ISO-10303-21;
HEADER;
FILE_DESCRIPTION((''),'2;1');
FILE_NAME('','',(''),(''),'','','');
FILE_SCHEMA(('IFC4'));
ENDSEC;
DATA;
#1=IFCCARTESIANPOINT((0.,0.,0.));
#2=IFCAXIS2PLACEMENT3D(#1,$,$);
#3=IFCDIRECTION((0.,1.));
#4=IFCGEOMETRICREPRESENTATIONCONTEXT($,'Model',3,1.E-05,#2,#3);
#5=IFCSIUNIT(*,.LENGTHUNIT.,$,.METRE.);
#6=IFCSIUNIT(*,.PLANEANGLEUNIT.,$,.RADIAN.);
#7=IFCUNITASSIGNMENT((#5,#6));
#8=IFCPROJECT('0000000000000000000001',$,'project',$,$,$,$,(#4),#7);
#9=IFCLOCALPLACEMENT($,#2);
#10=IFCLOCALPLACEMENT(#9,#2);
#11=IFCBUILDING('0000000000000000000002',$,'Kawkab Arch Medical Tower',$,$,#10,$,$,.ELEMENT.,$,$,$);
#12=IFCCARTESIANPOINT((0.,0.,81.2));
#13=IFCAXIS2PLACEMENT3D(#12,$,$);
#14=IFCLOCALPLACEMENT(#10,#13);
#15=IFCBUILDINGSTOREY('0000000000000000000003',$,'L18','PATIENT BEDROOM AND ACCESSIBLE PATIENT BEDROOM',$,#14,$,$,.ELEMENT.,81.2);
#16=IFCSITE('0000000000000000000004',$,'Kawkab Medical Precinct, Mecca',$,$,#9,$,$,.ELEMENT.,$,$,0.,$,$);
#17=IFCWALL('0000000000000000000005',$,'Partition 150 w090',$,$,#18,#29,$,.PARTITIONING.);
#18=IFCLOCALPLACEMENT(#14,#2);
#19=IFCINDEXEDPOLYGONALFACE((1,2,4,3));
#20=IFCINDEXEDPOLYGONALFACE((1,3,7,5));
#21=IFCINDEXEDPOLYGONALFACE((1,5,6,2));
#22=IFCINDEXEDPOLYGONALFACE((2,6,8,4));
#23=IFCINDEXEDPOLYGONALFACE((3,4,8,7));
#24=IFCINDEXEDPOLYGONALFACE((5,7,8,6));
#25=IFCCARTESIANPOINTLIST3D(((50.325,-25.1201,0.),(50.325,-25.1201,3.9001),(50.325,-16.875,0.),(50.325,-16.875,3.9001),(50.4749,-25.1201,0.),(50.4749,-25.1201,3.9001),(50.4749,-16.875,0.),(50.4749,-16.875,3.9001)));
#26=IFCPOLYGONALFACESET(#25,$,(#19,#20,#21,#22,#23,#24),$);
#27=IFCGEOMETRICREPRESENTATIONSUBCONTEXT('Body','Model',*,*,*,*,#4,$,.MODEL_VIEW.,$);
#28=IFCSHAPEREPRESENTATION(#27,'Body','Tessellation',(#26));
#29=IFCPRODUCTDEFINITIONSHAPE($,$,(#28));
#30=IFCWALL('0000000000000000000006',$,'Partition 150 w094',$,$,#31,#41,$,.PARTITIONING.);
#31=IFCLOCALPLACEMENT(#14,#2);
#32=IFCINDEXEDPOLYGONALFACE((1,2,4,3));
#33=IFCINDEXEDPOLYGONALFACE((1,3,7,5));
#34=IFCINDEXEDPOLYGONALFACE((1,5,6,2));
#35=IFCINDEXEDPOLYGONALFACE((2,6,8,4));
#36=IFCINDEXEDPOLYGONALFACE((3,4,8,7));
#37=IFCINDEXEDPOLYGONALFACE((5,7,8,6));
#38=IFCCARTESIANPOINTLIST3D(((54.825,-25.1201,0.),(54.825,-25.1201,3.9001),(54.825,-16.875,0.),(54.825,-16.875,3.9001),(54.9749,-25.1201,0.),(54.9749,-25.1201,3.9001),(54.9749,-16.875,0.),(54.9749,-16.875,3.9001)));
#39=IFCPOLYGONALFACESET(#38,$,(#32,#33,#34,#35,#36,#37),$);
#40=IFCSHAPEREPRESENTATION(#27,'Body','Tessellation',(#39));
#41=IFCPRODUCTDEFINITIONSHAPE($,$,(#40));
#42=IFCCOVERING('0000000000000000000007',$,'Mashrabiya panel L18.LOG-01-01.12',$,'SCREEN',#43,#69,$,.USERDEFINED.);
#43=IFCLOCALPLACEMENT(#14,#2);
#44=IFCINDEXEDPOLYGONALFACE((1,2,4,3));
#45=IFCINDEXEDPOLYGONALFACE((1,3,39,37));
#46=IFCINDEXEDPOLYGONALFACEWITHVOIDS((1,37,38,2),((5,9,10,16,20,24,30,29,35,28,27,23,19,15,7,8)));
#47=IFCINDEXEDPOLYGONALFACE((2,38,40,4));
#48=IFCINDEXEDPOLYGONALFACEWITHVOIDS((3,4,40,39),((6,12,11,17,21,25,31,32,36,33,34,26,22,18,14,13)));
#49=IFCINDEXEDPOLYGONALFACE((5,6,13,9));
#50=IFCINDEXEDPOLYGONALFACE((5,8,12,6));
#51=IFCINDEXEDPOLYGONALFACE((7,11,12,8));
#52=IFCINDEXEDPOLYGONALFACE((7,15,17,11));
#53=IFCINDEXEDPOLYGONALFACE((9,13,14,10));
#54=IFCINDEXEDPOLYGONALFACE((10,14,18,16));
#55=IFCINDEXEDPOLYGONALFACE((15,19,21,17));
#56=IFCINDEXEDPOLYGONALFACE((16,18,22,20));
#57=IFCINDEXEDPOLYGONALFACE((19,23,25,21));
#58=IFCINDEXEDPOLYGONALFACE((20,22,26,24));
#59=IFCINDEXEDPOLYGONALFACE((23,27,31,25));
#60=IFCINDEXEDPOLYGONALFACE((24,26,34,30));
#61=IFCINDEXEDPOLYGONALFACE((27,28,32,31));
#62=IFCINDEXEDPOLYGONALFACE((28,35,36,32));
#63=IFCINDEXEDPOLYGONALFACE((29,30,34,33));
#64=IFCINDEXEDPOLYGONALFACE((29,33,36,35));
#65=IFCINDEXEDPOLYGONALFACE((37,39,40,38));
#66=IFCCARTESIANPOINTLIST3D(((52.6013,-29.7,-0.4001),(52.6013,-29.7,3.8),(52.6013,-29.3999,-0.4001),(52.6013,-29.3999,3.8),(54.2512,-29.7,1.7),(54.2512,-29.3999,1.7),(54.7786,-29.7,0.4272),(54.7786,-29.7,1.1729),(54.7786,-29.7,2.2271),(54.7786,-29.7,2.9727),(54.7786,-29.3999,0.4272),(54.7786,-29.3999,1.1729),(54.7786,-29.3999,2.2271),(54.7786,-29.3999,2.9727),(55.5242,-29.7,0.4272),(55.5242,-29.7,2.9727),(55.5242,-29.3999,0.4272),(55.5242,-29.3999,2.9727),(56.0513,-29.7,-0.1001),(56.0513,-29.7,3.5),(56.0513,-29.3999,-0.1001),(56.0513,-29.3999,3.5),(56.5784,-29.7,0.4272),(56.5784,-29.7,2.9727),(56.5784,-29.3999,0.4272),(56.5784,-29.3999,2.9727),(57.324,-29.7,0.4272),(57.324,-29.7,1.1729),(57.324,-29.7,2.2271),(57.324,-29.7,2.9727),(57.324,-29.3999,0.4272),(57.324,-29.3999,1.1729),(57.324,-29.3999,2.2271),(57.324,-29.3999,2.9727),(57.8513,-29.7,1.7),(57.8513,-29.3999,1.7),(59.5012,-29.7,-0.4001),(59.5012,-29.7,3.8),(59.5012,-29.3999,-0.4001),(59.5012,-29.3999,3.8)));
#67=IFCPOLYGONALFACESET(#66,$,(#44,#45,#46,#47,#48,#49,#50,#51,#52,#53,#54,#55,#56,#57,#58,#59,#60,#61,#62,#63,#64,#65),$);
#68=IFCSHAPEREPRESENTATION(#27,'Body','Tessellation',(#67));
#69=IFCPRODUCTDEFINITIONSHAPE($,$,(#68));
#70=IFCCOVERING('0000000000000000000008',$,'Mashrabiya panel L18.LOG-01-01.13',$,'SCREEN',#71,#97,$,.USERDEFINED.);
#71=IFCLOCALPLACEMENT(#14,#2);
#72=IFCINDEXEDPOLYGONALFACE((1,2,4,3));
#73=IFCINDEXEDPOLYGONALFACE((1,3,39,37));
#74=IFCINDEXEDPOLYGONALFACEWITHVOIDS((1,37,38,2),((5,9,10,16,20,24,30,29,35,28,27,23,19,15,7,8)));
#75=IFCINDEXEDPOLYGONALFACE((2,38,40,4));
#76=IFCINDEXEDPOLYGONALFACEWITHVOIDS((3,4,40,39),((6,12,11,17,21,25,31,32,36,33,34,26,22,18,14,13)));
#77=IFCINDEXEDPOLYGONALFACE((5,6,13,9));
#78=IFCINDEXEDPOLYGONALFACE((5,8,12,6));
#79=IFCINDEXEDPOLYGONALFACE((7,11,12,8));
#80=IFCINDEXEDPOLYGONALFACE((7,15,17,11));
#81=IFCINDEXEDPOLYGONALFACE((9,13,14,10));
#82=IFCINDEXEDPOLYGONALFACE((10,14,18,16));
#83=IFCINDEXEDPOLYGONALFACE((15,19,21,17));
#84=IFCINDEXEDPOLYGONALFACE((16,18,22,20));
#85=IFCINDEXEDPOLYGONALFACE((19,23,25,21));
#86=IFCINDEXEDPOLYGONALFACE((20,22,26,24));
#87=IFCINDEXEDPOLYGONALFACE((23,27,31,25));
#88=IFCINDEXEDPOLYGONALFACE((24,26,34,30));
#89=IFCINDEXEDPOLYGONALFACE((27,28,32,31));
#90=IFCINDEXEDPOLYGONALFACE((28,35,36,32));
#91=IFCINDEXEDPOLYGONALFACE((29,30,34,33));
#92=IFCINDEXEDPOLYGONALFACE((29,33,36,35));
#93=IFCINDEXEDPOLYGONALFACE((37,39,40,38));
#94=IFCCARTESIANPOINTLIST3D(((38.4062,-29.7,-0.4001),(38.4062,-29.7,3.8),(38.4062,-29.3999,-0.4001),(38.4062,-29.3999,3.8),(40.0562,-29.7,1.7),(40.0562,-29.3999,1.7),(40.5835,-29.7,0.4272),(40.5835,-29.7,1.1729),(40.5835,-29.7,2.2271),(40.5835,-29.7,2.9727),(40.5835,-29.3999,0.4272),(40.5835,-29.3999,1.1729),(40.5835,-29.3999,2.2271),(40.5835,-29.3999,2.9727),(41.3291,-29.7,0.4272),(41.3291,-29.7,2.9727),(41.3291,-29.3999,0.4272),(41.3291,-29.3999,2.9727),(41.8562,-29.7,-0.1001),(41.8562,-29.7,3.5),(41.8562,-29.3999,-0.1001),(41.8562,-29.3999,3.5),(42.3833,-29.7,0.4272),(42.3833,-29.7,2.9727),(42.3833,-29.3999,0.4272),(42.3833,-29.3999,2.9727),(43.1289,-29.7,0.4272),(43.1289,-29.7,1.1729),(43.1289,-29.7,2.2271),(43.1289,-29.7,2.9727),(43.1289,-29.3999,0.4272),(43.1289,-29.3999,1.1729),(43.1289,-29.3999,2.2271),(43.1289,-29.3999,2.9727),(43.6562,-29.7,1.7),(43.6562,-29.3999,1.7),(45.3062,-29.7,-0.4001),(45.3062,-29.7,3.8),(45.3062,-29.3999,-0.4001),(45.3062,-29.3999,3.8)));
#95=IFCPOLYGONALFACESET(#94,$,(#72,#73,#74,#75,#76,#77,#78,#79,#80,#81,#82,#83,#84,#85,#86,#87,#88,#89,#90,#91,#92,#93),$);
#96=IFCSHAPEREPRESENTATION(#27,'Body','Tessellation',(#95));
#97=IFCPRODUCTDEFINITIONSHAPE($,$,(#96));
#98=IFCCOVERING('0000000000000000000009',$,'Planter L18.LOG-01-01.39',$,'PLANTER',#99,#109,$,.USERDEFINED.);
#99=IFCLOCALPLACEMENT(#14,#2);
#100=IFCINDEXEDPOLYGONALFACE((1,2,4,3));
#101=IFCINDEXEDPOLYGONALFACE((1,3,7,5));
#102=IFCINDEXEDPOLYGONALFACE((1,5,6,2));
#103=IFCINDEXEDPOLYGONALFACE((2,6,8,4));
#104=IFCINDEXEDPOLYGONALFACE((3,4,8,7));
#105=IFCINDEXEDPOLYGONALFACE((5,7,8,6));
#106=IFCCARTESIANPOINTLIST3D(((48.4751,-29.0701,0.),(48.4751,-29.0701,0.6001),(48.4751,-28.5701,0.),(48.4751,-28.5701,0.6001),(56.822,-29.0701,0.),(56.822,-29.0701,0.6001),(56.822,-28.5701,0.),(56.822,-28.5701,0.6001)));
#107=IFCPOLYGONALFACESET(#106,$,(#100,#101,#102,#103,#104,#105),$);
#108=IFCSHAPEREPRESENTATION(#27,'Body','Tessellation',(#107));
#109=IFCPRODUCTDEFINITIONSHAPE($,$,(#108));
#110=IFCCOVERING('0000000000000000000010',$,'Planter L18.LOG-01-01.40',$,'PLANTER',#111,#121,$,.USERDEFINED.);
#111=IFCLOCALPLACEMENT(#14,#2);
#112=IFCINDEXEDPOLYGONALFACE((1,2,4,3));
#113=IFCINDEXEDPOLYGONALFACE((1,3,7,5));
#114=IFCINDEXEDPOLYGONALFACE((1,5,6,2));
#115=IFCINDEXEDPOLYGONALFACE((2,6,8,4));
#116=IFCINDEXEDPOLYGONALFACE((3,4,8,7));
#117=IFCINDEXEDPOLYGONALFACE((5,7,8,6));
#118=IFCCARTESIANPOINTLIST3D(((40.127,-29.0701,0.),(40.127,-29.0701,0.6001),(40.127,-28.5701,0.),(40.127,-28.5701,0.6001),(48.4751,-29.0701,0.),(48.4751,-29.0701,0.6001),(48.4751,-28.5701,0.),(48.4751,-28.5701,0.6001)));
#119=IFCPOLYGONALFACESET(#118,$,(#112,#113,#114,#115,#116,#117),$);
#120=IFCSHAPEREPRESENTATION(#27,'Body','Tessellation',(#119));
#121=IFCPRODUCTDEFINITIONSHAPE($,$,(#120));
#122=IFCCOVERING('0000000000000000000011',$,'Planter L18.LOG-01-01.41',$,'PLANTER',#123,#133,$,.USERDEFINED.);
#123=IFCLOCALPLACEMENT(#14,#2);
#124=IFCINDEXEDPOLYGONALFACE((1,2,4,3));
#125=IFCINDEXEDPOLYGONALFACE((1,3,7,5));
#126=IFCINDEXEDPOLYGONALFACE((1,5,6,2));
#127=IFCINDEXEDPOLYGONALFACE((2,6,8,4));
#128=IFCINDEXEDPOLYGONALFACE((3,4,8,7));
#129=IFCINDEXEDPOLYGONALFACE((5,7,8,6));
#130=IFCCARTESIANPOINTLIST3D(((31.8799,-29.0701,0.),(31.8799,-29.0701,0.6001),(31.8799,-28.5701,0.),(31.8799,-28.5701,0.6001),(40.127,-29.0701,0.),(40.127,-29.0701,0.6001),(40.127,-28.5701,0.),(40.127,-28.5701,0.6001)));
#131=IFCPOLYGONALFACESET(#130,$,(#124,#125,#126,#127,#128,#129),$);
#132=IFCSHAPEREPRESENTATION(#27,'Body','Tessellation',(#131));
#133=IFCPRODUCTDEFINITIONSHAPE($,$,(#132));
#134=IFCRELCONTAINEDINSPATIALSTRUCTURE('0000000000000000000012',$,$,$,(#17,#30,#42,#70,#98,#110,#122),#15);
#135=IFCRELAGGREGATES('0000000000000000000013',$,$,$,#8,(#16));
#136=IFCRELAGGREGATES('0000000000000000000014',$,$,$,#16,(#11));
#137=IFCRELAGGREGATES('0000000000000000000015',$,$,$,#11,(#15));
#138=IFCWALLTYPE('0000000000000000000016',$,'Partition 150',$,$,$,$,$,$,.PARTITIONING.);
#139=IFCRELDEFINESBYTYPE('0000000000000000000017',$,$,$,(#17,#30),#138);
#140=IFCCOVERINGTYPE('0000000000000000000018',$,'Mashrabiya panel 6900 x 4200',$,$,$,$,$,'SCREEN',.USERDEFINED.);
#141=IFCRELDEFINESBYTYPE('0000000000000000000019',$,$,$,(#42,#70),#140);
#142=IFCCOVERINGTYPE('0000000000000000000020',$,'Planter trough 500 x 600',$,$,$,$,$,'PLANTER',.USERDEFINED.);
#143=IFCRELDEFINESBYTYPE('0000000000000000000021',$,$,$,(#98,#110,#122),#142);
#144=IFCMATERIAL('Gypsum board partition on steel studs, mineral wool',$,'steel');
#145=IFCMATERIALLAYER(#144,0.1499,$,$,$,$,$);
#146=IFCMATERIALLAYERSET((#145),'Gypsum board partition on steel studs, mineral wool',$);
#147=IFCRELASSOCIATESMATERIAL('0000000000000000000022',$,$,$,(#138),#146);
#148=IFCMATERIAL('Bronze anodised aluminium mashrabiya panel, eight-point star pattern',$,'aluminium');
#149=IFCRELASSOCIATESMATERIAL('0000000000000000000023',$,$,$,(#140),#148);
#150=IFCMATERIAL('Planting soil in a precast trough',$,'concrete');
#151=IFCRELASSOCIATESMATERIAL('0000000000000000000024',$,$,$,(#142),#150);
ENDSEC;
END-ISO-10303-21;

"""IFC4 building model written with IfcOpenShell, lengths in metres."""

from ifc_helpers import new_model, si_unit, direction, frame, frame_2d, origin, origin_2d, place, context, subcontext, project, spatial, polyline, rectangle, outline, extrude, material, layer, layer_set, material_profile, profile_set, type_object, element, save


model = new_model("IFC4")

# Units and contexts
model_context = context("Model", 3, precision=1e-05, world=origin(), true_north=direction((0.0, 1.0)))
body_context = subcontext(model_context, "Body", "Model", "MODEL_VIEW")
ifc_project = project(units=[si_unit("LENGTHUNIT", "METRE"), si_unit("PLANEANGLEUNIT", "RADIAN")], contexts=[model_context])

# Site, building, storey
site_placement = place(None, origin())
site = spatial("IfcSite", under=ifc_project, at=site_placement, Name="Kawkab Medical Precinct, Mecca", CompositionType="ELEMENT", RefElevation=0.0)
building_placement = place(site_placement, origin())
building = spatial("IfcBuilding", under=site, at=building_placement, Name="Kawkab Arch Medical Tower", CompositionType="ELEMENT")
storey_placement = place(building_placement, frame((0.0, 0.0, 81.2)))
storey = spatial("IfcBuildingStorey", under=building, at=storey_placement, Name="L18", Description="PATIENT BEDROOM AND ACCESSIBLE PATIENT BEDROOM", CompositionType="ELEMENT", Elevation=81.2)

# Walls
ifc_material_1 = material(Name="Gypsum board partition on steel studs, mineral wool", Category="steel")
ifc_layer_1 = layer(ifc_material_1, 0.1499)
ifc_layer_set_1 = layer_set([ifc_layer_1], Name="Gypsum board partition on steel studs, mineral wool")
wall_type_1 = type_object("IfcWallType", Name="Partition 150", PredefinedType="PARTITIONING", material=ifc_layer_set_1)
for number, where, z_axis, x_axis, name in (
    (1, (50.3999, -25.1201, 0.0), (0.0, 0.0, 1.0), (0.0, 1.0, 0.0), "Partition 150 w090"),
    (2, (54.8999, -25.1201, 0.0), (0.0, 0.0, 1.0), (0.0, 1.0, 0.0), "Partition 150 w094"),
):
    element("IfcWall", number, at=place(storey_placement, frame(where, z_axis=z_axis, x_axis=x_axis)), inside=storey, type_object=wall_type_1, Name=name, PredefinedType="PARTITIONING", context=body_context, shape_type="SweptSolid", body=[
        extrude(rectangle(XDim=8.2451, YDim=0.1499, at=frame_2d((4.1226, 0.0))), origin(), (0.0, 0.0, 1.0), 3.9001),
    ])

# Coverings
ifc_material_2 = material(Name="Bronze anodised aluminium mashrabiya panel, eight-point star pattern", Category="aluminium")
ifc_material_profile_1 = material_profile(ifc_material_2, outline(polyline([(-3.45, -2.1001), (3.45, -2.1001), (3.45, 2.1001), (-3.45, 2.1001), (-3.45, -2.1001)]), holes=[polyline([(1.8, 0.0), (1.2727, 0.5271), (1.2727, 1.2727), (0.5271, 1.2727), (0.0, 1.8), (-0.5271, 1.2727), (-1.2727, 1.2727), (-1.2727, 0.5271), (-1.8, 0.0), (-1.2727, -0.5271), (-1.2727, -1.2727), (-0.5271, -1.2727), (0.0, -1.8), (0.5271, -1.2727), (1.2727, -1.2727), (1.2727, -0.5271), (1.8, 0.0)])]), Name="Mashrabiya panel 6900x4200")
ifc_profile_set_1 = profile_set([ifc_material_profile_1], Name="Bronze anodised aluminium mashrabiya panel, eight-point star pattern")
covering_type_1 = type_object("IfcCoveringType", Name="Mashrabiya panel 6900 x 4200", ElementType="SCREEN", PredefinedType="USERDEFINED", material=ifc_profile_set_1)
for number, where, z_axis, x_axis, name in (
    (3, (56.0513, -29.3999, 1.7), (0.0, -1.0, 0.0), (1.0, 0.0, 0.0), "Mashrabiya panel L18.LOG-01-01.12"),
    (4, (41.8562, -29.3999, 1.7), (0.0, -1.0, 0.0), (1.0, 0.0, 0.0), "Mashrabiya panel L18.LOG-01-01.13"),
):
    element("IfcCovering", number, at=place(storey_placement, frame(where, z_axis=z_axis, x_axis=x_axis)), inside=storey, type_object=covering_type_1, Name=name, ObjectType="SCREEN", PredefinedType="USERDEFINED", context=body_context, shape_type="SweptSolid", body=[
        extrude(outline(polyline([(-3.45, -2.1001), (3.45, -2.1001), (3.45, 2.1001), (-3.45, 2.1001), (-3.45, -2.1001)]), holes=[polyline([(1.8, 0.0), (1.2727, 0.5271), (1.2727, 1.2727), (0.5271, 1.2727), (0.0, 1.8), (-0.5271, 1.2727), (-1.2727, 1.2727), (-1.2727, 0.5271), (-1.8, 0.0), (-1.2727, -0.5271), (-1.2727, -1.2727), (-0.5271, -1.2727), (0.0, -1.8), (0.5271, -1.2727), (1.2727, -1.2727), (1.2727, -0.5271), (1.8, 0.0)])]), origin(), (0.0, 0.0, 1.0), 0.3),
    ])
ifc_material_3 = material(Name="Planting soil in a precast trough", Category="concrete")
ifc_material_profile_2 = material_profile(ifc_material_3, rectangle(XDim=0.5, YDim=0.6001, at=origin_2d()), Name="Trough 500x600")
ifc_profile_set_2 = profile_set([ifc_material_profile_2], Name="Planting soil in a precast trough")
covering_type_2 = type_object("IfcCoveringType", Name="Planter trough 500 x 600", ElementType="PLANTER", PredefinedType="USERDEFINED", material=ifc_profile_set_2)
covering_1_placement = place(storey_placement, frame((56.822, -28.8201, 0.3), z_axis=(-1.0, 0.0, 0.0), x_axis=(0.0, -1.0, 0.0)))
element("IfcCovering", 5, at=covering_1_placement, inside=storey, type_object=covering_type_2, Name="Planter L18.LOG-01-01.39", ObjectType="PLANTER", PredefinedType="USERDEFINED", context=body_context, shape_type="SweptSolid", body=[
    extrude(rectangle(XDim=0.5, YDim=0.6001, at=origin_2d()), origin(), (0.0, 0.0, 1.0), 8.3469),
])
covering_2_placement = place(storey_placement, frame((48.4751, -28.8201, 0.3), z_axis=(-1.0, 0.0, 0.0), x_axis=(0.0, -1.0, 0.0)))
element("IfcCovering", 6, at=covering_2_placement, inside=storey, type_object=covering_type_2, Name="Planter L18.LOG-01-01.40", ObjectType="PLANTER", PredefinedType="USERDEFINED", context=body_context, shape_type="SweptSolid", body=[
    extrude(rectangle(XDim=0.5, YDim=0.6001, at=origin_2d()), origin(), (0.0, 0.0, 1.0), 8.3481),
])
covering_3_placement = place(storey_placement, frame((40.127, -28.8201, 0.3), z_axis=(-1.0, 0.0, 0.0), x_axis=(0.0, -1.0, 0.0)))
element("IfcCovering", 7, at=covering_3_placement, inside=storey, type_object=covering_type_2, Name="Planter L18.LOG-01-01.41", ObjectType="PLANTER", PredefinedType="USERDEFINED", context=body_context, shape_type="SweptSolid", body=[
    extrude(rectangle(XDim=0.5, YDim=0.6001, at=origin_2d()), origin(), (0.0, 0.0, 1.0), 8.2471),
])

save(model, "model.ifc")
